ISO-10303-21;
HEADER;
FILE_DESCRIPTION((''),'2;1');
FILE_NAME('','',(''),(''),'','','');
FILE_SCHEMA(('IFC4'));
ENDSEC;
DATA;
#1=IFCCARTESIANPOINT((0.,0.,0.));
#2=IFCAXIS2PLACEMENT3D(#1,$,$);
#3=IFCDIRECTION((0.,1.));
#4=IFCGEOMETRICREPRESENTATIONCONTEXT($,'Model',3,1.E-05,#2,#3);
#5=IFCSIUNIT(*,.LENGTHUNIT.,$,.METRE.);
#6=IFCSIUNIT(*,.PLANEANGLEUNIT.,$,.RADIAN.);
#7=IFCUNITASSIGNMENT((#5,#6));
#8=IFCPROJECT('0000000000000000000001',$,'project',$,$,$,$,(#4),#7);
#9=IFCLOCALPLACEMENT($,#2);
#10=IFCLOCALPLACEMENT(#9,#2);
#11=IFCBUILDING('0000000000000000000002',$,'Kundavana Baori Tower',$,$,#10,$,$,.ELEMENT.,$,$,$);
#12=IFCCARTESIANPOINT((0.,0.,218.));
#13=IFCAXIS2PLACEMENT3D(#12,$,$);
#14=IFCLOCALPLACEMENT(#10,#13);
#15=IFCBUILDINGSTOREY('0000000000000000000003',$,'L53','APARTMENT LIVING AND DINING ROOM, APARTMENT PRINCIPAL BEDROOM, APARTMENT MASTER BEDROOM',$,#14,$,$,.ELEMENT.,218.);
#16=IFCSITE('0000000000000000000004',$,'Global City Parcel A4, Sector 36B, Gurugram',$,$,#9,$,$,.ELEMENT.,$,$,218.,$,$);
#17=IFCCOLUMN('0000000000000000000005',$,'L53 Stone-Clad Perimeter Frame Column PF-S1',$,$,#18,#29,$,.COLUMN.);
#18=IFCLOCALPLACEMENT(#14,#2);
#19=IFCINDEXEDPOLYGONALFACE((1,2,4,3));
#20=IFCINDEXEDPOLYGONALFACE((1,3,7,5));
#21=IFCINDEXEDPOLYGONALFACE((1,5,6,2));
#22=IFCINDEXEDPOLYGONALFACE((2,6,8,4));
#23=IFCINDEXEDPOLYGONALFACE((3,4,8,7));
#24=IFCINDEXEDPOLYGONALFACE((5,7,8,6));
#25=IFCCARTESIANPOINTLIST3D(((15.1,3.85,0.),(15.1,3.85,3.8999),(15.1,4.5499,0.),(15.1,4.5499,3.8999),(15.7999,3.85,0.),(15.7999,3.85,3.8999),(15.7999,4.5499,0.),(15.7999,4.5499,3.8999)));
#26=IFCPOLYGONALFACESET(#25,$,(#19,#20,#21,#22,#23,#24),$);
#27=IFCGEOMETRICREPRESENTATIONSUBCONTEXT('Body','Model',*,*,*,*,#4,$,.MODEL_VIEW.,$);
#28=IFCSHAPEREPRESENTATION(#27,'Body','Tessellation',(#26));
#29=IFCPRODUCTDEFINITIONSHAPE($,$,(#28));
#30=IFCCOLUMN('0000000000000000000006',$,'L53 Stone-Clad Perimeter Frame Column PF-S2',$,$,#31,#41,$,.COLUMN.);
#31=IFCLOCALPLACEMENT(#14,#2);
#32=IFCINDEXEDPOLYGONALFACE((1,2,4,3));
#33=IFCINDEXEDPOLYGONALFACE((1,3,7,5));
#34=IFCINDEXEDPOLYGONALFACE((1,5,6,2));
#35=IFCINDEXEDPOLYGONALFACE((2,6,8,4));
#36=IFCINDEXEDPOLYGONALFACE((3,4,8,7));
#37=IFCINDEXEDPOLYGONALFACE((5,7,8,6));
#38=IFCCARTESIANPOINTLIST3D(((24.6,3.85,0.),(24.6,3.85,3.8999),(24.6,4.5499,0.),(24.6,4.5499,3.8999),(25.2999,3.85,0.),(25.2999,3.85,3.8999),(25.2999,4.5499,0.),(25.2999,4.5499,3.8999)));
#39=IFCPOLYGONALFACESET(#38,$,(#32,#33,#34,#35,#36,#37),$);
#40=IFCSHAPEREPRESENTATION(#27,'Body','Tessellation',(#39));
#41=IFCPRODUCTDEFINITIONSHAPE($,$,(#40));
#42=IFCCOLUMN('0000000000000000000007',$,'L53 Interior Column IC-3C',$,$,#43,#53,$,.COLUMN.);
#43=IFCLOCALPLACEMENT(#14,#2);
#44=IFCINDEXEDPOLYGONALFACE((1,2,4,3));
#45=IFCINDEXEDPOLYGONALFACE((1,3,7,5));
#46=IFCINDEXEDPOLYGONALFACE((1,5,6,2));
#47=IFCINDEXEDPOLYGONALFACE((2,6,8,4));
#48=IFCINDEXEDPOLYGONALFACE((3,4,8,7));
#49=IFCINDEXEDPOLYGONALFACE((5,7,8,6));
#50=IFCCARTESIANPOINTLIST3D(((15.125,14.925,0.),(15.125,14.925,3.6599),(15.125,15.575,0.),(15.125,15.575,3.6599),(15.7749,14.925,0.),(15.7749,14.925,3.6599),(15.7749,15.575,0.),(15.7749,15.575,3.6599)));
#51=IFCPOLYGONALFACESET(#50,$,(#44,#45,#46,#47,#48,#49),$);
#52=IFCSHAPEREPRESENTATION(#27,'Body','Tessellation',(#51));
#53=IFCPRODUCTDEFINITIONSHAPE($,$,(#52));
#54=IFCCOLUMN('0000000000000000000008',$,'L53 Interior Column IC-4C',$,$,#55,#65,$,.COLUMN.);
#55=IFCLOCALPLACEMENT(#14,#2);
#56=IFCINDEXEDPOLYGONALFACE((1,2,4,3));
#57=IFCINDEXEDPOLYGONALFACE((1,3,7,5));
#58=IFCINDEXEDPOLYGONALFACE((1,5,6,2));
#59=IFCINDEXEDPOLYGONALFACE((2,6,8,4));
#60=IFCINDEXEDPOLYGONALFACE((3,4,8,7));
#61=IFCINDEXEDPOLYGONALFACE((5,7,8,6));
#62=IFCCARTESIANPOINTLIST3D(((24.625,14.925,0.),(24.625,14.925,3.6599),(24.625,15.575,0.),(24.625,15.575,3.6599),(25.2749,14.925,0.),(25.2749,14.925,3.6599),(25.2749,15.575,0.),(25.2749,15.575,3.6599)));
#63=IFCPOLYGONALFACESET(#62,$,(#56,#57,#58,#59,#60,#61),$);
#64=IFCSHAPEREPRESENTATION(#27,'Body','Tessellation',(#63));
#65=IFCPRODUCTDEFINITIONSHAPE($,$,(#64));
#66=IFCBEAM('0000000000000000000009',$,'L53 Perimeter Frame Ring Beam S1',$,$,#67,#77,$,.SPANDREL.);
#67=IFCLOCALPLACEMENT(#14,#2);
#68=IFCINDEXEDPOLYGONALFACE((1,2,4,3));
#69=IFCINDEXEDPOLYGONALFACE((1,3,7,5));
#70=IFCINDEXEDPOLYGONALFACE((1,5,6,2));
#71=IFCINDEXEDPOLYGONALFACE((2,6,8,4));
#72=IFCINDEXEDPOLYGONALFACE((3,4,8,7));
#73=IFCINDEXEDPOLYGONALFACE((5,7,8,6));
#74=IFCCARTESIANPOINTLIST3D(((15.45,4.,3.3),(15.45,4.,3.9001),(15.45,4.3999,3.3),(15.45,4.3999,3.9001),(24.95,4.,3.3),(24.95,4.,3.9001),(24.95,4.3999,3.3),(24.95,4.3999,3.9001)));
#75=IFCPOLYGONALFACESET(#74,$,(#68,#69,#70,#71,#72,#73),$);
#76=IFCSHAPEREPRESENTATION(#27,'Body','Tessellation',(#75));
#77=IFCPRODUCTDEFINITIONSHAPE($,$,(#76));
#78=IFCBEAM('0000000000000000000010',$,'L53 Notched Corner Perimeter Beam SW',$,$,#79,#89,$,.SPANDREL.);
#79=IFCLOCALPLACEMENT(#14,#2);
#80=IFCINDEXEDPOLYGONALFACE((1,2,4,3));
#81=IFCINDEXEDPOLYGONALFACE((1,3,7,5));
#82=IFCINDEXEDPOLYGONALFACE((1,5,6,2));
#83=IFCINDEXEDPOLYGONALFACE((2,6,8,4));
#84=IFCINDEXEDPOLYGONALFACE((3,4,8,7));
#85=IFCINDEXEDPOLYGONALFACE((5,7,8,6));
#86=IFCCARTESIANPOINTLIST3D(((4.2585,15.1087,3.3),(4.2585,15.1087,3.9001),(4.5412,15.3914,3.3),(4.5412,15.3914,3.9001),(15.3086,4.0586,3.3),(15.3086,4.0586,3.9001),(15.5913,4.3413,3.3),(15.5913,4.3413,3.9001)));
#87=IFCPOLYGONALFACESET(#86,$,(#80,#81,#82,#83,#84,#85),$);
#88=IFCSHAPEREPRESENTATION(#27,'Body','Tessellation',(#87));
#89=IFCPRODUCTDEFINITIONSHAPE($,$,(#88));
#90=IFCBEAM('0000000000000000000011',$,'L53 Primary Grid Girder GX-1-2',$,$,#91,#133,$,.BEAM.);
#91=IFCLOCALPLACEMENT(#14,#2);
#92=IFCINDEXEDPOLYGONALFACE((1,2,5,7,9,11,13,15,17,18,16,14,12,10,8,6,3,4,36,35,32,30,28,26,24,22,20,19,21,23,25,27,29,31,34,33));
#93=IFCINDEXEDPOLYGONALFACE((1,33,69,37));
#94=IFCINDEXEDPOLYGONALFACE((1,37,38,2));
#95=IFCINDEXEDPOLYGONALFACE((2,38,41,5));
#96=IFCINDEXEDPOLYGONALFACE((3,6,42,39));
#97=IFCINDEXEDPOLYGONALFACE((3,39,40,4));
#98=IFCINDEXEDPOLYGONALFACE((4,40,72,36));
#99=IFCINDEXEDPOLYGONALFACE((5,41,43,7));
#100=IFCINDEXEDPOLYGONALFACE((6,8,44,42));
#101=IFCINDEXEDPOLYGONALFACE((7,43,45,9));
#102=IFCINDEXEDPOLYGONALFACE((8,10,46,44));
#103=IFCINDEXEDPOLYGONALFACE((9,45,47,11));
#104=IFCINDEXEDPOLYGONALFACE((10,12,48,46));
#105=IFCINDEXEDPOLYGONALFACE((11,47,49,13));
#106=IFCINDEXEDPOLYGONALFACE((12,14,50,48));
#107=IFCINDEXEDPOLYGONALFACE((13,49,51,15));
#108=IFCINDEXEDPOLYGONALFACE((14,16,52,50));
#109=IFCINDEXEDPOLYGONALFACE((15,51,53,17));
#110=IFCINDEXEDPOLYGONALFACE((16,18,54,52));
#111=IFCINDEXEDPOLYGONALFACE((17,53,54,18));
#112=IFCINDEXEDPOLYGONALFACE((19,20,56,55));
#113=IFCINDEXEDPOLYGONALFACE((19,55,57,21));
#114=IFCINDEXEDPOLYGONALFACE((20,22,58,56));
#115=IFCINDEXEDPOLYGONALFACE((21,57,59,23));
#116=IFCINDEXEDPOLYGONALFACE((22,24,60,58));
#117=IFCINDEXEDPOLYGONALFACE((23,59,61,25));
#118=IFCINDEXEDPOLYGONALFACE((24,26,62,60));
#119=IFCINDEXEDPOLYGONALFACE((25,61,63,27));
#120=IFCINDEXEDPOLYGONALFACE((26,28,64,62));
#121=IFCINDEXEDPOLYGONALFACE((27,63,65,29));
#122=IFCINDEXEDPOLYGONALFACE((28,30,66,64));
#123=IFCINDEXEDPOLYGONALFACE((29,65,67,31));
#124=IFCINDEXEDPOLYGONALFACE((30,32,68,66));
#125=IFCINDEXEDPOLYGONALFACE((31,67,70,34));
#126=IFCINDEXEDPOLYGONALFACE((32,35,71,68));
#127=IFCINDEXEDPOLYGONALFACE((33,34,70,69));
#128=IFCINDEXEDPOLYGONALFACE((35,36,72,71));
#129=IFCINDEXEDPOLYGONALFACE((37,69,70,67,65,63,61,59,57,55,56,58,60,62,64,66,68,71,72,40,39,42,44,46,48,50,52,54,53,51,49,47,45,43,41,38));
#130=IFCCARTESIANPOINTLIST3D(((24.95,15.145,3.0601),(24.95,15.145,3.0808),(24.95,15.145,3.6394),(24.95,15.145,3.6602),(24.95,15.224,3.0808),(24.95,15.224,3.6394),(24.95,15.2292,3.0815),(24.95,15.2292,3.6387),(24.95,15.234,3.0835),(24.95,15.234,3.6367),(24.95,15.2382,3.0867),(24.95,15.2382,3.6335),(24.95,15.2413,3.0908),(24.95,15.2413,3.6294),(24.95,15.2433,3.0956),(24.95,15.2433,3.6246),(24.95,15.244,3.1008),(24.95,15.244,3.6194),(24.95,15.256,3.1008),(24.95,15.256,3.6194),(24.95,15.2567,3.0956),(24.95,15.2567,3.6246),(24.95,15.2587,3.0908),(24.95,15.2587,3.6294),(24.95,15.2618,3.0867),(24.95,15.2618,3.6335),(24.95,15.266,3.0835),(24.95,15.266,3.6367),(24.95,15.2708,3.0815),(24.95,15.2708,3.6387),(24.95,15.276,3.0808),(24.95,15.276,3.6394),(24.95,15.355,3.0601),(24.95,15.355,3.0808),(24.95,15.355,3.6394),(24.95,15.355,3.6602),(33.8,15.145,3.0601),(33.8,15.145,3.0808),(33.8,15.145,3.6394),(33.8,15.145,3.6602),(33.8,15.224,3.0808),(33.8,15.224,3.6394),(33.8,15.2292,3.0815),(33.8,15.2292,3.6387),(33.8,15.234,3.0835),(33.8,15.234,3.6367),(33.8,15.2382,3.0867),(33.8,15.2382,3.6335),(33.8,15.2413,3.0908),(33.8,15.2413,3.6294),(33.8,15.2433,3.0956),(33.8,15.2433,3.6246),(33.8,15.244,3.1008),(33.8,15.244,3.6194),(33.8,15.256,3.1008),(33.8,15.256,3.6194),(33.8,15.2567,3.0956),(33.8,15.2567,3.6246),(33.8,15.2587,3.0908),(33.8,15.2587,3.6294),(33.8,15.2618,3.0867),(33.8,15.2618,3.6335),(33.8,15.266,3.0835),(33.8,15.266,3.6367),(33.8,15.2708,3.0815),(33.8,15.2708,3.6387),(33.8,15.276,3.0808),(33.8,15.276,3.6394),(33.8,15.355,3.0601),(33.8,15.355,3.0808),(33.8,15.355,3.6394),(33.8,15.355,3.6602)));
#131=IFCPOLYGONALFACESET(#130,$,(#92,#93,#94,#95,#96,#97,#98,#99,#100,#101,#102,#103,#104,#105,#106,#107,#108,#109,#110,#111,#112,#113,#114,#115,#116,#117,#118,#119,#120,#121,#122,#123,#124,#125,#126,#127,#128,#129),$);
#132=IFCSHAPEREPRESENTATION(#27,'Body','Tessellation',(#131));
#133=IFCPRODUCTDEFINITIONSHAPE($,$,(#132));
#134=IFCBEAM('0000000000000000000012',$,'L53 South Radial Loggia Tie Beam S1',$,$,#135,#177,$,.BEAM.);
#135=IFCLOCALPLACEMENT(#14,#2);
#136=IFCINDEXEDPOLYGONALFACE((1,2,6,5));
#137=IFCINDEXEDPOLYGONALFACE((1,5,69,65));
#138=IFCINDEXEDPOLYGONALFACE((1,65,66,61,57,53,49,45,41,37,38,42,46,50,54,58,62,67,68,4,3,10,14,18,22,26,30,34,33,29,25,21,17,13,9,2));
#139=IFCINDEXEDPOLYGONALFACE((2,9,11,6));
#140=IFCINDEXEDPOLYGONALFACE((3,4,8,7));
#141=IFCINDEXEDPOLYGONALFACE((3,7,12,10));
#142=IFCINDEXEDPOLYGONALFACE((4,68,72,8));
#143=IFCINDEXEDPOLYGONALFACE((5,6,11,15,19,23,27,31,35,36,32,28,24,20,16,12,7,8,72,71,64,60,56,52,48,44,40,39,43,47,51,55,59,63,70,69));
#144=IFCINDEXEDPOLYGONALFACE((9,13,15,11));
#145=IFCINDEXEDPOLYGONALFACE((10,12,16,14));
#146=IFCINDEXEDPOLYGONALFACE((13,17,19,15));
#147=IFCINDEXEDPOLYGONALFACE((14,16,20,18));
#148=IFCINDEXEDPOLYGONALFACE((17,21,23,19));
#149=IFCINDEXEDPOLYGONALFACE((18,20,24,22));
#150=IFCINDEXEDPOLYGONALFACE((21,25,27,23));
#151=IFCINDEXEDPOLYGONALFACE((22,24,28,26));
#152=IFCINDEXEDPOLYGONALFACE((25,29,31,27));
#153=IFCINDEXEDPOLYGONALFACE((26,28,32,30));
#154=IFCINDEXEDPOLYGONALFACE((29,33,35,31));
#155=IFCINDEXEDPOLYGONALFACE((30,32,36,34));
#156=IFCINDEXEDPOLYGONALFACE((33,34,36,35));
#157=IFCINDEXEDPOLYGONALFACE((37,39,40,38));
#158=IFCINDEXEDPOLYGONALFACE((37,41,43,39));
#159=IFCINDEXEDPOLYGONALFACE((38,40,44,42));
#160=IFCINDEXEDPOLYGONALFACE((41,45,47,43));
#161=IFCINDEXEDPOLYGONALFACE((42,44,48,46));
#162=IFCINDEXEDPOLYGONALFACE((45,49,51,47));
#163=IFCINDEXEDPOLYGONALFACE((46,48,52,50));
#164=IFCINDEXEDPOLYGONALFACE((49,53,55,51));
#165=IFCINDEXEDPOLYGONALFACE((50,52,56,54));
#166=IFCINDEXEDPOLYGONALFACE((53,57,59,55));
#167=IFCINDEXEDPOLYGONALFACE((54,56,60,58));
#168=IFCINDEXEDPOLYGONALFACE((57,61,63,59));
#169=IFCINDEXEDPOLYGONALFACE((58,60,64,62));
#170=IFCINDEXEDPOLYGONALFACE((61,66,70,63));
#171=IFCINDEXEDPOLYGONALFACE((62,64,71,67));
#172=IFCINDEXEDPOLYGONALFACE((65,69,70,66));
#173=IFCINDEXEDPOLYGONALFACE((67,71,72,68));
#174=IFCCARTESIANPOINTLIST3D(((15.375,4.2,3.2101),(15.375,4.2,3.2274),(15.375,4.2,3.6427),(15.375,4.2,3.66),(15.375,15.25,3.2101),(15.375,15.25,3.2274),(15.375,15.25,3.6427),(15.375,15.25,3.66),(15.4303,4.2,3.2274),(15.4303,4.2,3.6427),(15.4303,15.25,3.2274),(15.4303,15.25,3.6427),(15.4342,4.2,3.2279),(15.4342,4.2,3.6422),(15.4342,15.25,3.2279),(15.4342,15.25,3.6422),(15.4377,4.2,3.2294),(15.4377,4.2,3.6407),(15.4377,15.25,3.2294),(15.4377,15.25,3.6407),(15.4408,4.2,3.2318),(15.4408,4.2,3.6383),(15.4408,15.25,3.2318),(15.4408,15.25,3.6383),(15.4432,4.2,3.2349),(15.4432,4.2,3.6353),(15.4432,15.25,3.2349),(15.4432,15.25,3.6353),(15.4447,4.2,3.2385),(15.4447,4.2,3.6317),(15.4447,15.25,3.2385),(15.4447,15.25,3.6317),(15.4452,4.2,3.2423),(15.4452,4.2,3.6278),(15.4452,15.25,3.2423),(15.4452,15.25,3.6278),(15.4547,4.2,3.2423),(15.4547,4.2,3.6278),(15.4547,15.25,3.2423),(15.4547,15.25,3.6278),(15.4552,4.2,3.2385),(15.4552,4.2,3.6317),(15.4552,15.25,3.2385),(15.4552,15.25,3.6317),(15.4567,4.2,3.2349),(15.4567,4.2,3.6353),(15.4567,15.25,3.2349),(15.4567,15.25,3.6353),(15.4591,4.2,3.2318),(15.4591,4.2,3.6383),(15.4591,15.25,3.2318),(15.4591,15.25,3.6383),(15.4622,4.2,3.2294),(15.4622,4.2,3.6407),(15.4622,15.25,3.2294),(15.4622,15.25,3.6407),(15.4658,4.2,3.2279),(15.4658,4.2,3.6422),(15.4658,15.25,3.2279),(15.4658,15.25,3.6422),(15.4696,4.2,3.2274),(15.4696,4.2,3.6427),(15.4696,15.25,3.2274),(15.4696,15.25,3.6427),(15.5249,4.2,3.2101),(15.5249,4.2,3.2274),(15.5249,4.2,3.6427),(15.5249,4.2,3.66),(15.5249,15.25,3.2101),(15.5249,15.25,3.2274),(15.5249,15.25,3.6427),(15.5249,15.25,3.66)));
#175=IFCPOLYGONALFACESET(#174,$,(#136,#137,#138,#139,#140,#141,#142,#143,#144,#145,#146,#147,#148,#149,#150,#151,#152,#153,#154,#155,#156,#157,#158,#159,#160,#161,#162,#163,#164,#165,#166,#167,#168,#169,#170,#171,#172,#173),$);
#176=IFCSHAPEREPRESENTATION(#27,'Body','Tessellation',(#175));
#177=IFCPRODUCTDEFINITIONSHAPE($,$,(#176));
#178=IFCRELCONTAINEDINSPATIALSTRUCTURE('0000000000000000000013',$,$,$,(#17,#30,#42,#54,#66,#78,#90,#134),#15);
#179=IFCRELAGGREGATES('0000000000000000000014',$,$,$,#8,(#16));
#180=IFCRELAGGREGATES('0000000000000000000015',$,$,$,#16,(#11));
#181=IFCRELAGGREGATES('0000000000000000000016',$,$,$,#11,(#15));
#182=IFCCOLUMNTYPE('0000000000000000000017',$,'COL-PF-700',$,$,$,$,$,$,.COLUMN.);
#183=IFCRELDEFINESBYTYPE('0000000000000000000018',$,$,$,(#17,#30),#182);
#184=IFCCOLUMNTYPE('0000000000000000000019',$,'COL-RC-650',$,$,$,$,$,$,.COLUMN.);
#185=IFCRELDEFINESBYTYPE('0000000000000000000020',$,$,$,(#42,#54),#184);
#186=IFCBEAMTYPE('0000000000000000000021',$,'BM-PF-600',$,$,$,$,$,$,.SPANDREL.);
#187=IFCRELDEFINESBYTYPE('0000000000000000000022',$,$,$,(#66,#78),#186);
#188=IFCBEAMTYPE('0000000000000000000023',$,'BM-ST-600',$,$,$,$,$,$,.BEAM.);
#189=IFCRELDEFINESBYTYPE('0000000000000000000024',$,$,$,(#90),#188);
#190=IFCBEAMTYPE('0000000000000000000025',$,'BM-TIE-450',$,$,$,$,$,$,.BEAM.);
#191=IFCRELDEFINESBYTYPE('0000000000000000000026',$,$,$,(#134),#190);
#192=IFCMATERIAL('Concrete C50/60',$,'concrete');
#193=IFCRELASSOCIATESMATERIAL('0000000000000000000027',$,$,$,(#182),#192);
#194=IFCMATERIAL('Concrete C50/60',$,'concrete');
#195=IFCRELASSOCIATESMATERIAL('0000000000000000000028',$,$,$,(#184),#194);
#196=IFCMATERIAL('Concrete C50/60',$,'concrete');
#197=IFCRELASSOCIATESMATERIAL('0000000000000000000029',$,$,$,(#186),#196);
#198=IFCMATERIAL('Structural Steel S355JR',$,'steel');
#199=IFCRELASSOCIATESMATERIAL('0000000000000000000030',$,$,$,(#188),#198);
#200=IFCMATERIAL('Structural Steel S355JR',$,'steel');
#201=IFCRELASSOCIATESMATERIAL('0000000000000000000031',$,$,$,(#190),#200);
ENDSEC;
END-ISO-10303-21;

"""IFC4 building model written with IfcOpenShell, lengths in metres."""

from ifc_helpers import new_model, si_unit, direction, frame, origin, origin_2d, place, context, subcontext, project, spatial, rectangle, i_section, extrude, material, material_profile, profile_set, type_object, element, save


model = new_model("IFC4")

# Units and contexts
model_context = context("Model", 3, precision=1e-05, world=origin(), true_north=direction((0.0, 1.0)))
body_context = subcontext(model_context, "Body", "Model", "MODEL_VIEW")
ifc_project = project(units=[si_unit("LENGTHUNIT", "METRE"), si_unit("PLANEANGLEUNIT", "RADIAN")], contexts=[model_context])

# Site, building, storey
site_placement = place(None, origin())
site = spatial("IfcSite", under=ifc_project, at=site_placement, Name="Global City Parcel A4, Sector 36B, Gurugram", CompositionType="ELEMENT", RefElevation=218.0)
building_placement = place(site_placement, origin())
building = spatial("IfcBuilding", under=site, at=building_placement, Name="Kundavana Baori Tower", CompositionType="ELEMENT")
storey_placement = place(building_placement, frame((0.0, 0.0, 218.0)))
storey = spatial("IfcBuildingStorey", under=building, at=storey_placement, Name="L53", Description="APARTMENT LIVING AND DINING ROOM, APARTMENT PRINCIPAL BEDROOM, APARTMENT MASTER BEDROOM", CompositionType="ELEMENT", Elevation=218.0)

# Columns
ifc_material_1 = material(Name="Concrete C50/60", Category="concrete")
ifc_material_profile_1 = material_profile(ifc_material_1, rectangle(XDim=0.7, YDim=0.7, at=origin_2d()), Name="RC PF 700x700")
ifc_profile_set_1 = profile_set([ifc_material_profile_1], Name="Concrete C50/60")
column_type_1 = type_object("IfcColumnType", Name="COL-PF-700", PredefinedType="COLUMN", material=ifc_profile_set_1)
for number, where, z_axis, x_axis, name in (
    (1, (15.45, 4.2, 0.0), (0.0, 0.0, 1.0), (1.0, 0.0, 0.0), "L53 Stone-Clad Perimeter Frame Column PF-S1"),
    (2, (24.95, 4.2, 0.0), (0.0, 0.0, 1.0), (1.0, 0.0, 0.0), "L53 Stone-Clad Perimeter Frame Column PF-S2"),
):
    element("IfcColumn", number, at=place(storey_placement, frame(where, z_axis=z_axis, x_axis=x_axis)), inside=storey, type_object=column_type_1, Name=name, PredefinedType="COLUMN", context=body_context, shape_type="SweptSolid", body=[
        extrude(rectangle(XDim=0.7, YDim=0.7, at=origin_2d()), origin(), (0.0, 0.0, 1.0), 3.8999),
    ])
ifc_material_2 = material(Name="Concrete C50/60", Category="concrete")
ifc_material_profile_2 = material_profile(ifc_material_2, rectangle(XDim=0.6499, YDim=0.6499, at=origin_2d()), Name="RC 650x650")
ifc_profile_set_2 = profile_set([ifc_material_profile_2], Name="Concrete C50/60")
column_type_2 = type_object("IfcColumnType", Name="COL-RC-650", PredefinedType="COLUMN", material=ifc_profile_set_2)
for number, where, z_axis, x_axis, name in (
    (3, (15.45, 15.25, 0.0), (0.0, 0.0, 1.0), (1.0, 0.0, 0.0), "L53 Interior Column IC-3C"),
    (4, (24.95, 15.25, 0.0), (0.0, 0.0, 1.0), (1.0, 0.0, 0.0), "L53 Interior Column IC-4C"),
):
    element("IfcColumn", number, at=place(storey_placement, frame(where, z_axis=z_axis, x_axis=x_axis)), inside=storey, type_object=column_type_2, Name=name, PredefinedType="COLUMN", context=body_context, shape_type="SweptSolid", body=[
        extrude(rectangle(XDim=0.6499, YDim=0.6499, at=origin_2d()), origin(), (0.0, 0.0, 1.0), 3.6599),
    ])

# Beams
ifc_material_3 = material(Name="Concrete C50/60", Category="concrete")
ifc_material_profile_3 = material_profile(ifc_material_3, rectangle(XDim=0.3999, YDim=0.6001, at=origin_2d()), Name="RC BM 400x600")
ifc_profile_set_3 = profile_set([ifc_material_profile_3], Name="Concrete C50/60")
beam_type_1 = type_object("IfcBeamType", Name="BM-PF-600", PredefinedType="SPANDREL", material=ifc_profile_set_3)
beam_1_placement = place(storey_placement, frame((15.45, 4.2, 3.6001), z_axis=(1.0, 0.0, 0.0), x_axis=(0.0, 1.0, 0.0)))
element("IfcBeam", 5, at=beam_1_placement, inside=storey, type_object=beam_type_1, Name="L53 Perimeter Frame Ring Beam S1", PredefinedType="SPANDREL", context=body_context, shape_type="SweptSolid", body=[
    extrude(rectangle(XDim=0.3999, YDim=0.6001, at=origin_2d()), origin(), (0.0, 0.0, 1.0), 9.5),
])
beam_2_placement = place(storey_placement, frame((15.45, 4.2, 3.6001), z_axis=(-0.707107, 0.707107, 0.0), x_axis=(-0.707107, -0.707107, 0.0)))
element("IfcBeam", 6, at=beam_2_placement, inside=storey, type_object=beam_type_1, Name="L53 Notched Corner Perimeter Beam SW", PredefinedType="SPANDREL", context=body_context, shape_type="SweptSolid", body=[
    extrude(rectangle(XDim=0.3999, YDim=0.6001, at=origin_2d()), origin(), (0.0, 0.0, 1.0), 15.6272),
])
ifc_material_4 = material(Name="Structural Steel S355JR", Category="steel")
ifc_material_profile_4 = material_profile(ifc_material_4, i_section(OverallWidth=0.21, OverallDepth=0.6001, WebThickness=0.012, FlangeThickness=0.0208, FilletRadius=0.02, at=origin_2d()), Name="ISMB 600")
ifc_profile_set_4 = profile_set([ifc_material_profile_4], Name="Structural Steel S355JR")
beam_type_2 = type_object("IfcBeamType", Name="BM-ST-600", PredefinedType="BEAM", material=ifc_profile_set_4)
beam_3_placement = place(storey_placement, frame((24.95, 15.25, 3.3601), z_axis=(1.0, 0.0, 0.0), x_axis=(0.0, 1.0, 0.0)))
element("IfcBeam", 7, at=beam_3_placement, inside=storey, type_object=beam_type_2, Name="L53 Primary Grid Girder GX-1-2", PredefinedType="BEAM", context=body_context, shape_type="SweptSolid", body=[
    extrude(i_section(OverallWidth=0.21, OverallDepth=0.6001, WebThickness=0.012, FlangeThickness=0.0208, FilletRadius=0.02, at=origin_2d()), origin(), (0.0, 0.0, 1.0), 8.8501),
])
ifc_material_5 = material(Name="Structural Steel S355JR", Category="steel")
ifc_material_profile_5 = material_profile(ifc_material_5, i_section(OverallWidth=0.1499, OverallDepth=0.45, WebThickness=0.0095, FlangeThickness=0.0173, FilletRadius=0.0149, at=origin_2d()), Name="ISMB 450")
ifc_profile_set_5 = profile_set([ifc_material_profile_5], Name="Structural Steel S355JR")
beam_type_3 = type_object("IfcBeamType", Name="BM-TIE-450", PredefinedType="BEAM", material=ifc_profile_set_5)
for number, where, z_axis, x_axis, name in (
    (8, (15.45, 15.25, 3.4351), (0.0, -1.0, 0.0), (1.0, 0.0, 0.0), "L53 South Radial Loggia Tie Beam S1"),
):
    element("IfcBeam", number, at=place(storey_placement, frame(where, z_axis=z_axis, x_axis=x_axis)), inside=storey, type_object=beam_type_3, Name=name, PredefinedType="BEAM", context=body_context, shape_type="SweptSolid", body=[
        extrude(i_section(OverallWidth=0.1499, OverallDepth=0.45, WebThickness=0.0095, FlangeThickness=0.0173, FilletRadius=0.0149, at=origin_2d()), origin(), (0.0, 0.0, 1.0), 11.05),
    ])

save(model, "model.ifc")
